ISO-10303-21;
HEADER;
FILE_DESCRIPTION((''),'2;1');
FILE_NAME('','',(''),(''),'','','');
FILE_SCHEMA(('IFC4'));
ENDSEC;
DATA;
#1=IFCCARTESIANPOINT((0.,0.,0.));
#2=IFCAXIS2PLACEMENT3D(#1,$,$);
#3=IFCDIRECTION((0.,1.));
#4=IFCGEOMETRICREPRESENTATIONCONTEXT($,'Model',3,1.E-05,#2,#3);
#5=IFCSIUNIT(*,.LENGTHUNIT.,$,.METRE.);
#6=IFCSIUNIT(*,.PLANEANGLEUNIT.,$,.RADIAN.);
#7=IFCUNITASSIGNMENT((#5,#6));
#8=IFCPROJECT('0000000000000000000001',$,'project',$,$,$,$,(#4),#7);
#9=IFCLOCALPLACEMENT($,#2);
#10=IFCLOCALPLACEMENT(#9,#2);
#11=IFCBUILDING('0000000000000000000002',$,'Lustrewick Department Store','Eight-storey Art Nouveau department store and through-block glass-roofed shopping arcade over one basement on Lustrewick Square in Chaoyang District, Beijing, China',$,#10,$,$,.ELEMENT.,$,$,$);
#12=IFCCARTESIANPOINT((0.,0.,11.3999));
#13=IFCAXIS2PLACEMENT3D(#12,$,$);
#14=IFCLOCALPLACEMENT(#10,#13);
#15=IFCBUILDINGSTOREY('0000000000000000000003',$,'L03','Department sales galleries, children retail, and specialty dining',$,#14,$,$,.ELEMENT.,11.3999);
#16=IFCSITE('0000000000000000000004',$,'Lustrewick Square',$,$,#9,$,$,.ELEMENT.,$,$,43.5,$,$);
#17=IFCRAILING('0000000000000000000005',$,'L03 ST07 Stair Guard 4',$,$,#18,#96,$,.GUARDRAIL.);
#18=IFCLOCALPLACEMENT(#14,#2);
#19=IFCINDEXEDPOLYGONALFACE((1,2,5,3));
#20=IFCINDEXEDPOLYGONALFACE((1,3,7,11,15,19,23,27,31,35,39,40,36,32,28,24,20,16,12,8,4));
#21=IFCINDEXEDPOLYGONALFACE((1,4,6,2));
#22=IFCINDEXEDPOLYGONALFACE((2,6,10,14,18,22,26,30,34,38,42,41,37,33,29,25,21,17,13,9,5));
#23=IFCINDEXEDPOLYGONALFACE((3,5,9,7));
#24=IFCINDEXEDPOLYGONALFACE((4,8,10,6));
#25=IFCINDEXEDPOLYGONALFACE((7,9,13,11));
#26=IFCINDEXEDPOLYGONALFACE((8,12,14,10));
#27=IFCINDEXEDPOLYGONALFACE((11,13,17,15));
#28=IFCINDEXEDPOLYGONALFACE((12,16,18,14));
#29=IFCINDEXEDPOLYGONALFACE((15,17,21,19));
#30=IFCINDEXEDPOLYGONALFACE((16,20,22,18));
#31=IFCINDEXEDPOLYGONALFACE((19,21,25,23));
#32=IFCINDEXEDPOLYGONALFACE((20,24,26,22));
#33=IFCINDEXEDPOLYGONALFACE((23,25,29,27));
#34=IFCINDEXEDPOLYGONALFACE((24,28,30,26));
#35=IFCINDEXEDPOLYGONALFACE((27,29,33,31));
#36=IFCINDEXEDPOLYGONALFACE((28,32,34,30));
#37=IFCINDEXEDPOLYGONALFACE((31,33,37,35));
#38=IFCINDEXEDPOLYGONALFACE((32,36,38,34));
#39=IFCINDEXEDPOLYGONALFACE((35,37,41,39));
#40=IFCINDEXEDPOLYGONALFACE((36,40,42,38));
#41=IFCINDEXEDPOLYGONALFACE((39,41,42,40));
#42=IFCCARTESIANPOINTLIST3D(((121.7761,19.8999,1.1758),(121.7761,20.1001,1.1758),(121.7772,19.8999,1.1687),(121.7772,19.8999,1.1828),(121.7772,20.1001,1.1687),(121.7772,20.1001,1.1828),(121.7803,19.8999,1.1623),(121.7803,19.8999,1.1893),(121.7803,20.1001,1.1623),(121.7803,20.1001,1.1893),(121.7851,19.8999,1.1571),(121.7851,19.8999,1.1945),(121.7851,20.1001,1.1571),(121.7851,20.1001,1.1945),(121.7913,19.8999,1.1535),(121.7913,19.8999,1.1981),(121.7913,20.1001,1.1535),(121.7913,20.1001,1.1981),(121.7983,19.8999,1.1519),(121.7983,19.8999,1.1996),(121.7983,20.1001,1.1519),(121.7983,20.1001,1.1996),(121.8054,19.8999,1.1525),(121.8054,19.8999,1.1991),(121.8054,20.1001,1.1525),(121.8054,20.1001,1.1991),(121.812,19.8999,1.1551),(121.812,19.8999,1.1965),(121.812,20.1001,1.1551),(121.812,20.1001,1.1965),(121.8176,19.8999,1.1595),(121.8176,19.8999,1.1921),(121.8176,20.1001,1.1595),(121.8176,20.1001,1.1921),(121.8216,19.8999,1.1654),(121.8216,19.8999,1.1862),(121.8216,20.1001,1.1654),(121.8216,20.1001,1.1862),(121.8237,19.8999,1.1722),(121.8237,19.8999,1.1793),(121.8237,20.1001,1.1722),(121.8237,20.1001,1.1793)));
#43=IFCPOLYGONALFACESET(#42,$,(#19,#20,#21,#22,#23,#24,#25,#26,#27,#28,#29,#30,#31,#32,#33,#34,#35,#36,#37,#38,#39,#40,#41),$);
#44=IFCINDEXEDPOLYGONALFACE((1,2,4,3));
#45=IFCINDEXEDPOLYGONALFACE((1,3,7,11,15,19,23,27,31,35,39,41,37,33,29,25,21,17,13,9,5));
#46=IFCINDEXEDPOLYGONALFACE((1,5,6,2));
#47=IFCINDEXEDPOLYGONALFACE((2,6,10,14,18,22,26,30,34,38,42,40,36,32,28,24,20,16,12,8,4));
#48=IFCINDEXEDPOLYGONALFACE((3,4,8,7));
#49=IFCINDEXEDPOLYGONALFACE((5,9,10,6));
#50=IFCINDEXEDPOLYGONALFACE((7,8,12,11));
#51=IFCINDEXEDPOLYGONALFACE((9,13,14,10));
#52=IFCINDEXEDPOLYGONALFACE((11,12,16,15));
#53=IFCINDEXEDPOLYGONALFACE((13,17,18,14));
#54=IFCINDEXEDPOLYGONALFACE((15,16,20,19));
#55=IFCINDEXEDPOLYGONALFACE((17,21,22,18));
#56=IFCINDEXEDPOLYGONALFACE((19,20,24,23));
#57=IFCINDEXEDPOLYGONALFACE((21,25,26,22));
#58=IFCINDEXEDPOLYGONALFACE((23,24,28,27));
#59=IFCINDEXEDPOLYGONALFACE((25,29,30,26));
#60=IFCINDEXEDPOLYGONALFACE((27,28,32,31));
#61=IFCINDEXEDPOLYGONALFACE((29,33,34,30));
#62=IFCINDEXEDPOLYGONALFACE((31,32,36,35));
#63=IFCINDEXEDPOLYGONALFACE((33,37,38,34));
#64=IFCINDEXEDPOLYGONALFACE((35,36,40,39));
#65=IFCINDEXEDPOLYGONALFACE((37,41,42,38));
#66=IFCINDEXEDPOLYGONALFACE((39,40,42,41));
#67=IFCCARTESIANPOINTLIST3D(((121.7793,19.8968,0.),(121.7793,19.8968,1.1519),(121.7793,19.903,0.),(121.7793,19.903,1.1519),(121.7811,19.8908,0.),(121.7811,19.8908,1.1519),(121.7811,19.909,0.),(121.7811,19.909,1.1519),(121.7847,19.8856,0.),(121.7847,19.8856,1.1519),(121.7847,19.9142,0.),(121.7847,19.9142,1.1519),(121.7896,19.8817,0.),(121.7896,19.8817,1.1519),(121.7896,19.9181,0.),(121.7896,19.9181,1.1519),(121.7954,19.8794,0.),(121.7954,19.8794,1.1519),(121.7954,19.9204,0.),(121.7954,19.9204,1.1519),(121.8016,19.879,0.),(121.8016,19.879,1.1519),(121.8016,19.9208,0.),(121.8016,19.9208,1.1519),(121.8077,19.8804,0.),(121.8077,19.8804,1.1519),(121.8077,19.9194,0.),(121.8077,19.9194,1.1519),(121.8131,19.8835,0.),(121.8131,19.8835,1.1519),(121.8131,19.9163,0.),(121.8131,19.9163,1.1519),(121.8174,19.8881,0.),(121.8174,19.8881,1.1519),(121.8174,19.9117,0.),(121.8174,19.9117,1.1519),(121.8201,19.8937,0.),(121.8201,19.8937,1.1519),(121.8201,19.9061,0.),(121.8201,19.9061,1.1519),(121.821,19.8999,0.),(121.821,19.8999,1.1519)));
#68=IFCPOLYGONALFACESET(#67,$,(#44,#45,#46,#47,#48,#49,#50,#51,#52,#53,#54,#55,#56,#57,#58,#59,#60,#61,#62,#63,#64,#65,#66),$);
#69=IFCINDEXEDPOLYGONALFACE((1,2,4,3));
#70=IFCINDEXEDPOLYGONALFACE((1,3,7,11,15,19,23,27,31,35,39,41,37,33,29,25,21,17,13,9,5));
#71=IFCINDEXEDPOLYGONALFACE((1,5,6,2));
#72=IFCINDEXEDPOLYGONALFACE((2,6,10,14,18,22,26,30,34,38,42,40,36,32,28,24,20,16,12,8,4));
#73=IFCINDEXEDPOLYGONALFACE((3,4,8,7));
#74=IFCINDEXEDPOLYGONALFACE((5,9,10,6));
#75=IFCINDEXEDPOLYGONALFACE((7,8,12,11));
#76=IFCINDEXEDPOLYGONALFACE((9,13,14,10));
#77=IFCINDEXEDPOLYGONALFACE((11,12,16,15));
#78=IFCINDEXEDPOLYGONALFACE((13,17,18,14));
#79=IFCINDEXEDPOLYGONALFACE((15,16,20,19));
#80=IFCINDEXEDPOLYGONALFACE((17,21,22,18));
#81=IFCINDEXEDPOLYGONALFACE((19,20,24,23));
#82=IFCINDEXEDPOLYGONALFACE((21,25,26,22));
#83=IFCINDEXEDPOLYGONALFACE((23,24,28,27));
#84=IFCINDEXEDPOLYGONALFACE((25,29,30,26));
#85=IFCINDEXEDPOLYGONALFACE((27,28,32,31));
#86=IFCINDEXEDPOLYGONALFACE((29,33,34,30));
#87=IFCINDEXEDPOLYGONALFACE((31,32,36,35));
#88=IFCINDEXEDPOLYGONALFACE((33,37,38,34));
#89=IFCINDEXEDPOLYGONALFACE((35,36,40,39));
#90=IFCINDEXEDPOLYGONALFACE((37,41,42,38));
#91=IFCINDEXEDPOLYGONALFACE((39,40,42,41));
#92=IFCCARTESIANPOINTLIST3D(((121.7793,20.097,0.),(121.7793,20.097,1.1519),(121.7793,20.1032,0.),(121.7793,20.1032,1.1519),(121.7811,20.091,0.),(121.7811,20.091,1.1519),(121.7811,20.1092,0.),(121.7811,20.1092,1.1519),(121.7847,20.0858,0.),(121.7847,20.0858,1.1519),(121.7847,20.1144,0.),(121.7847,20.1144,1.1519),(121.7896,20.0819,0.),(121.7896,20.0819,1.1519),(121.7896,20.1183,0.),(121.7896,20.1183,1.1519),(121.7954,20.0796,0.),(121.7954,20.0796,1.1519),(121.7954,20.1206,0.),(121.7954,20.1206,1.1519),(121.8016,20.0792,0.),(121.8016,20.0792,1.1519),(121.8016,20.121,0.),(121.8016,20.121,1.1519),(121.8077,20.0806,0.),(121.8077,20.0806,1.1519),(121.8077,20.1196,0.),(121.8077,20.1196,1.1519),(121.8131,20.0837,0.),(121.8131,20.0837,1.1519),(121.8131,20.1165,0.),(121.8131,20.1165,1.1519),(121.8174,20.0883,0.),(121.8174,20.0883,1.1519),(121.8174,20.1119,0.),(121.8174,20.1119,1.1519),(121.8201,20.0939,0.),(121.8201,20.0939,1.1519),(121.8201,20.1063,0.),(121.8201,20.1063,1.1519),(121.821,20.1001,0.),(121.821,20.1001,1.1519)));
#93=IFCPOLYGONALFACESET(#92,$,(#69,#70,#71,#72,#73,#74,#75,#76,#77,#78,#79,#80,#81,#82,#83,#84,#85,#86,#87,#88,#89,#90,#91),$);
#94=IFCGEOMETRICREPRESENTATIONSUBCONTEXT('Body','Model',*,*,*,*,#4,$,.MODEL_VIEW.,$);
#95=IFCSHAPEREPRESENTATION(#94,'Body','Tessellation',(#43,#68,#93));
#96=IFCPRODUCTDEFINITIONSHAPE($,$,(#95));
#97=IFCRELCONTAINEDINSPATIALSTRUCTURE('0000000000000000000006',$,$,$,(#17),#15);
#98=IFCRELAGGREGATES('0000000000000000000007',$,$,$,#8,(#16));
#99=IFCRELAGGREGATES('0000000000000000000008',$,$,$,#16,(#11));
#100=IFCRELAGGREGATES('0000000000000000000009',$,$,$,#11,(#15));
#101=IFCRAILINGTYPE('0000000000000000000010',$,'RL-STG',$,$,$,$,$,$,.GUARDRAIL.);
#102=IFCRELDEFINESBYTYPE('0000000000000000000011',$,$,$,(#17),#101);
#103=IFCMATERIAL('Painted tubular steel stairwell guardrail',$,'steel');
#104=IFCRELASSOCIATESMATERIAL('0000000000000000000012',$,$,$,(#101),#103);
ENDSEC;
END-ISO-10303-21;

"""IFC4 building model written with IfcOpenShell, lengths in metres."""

from ifc_helpers import new_model, si_unit, direction, frame, origin, origin_2d, place, context, subcontext, project, spatial, circle, extrude, material, type_object, element, save


model = new_model("IFC4")

# Units and contexts
model_context = context("Model", 3, precision=1e-05, world=origin(), true_north=direction((0.0, 1.0)))
body_context = subcontext(model_context, "Body", "Model", "MODEL_VIEW")
ifc_project = project(units=[si_unit("LENGTHUNIT", "METRE"), si_unit("PLANEANGLEUNIT", "RADIAN")], contexts=[model_context])

# Site, building, storey
site_placement = place(None, origin())
site = spatial("IfcSite", under=ifc_project, at=site_placement, Name="Lustrewick Square", CompositionType="ELEMENT", RefElevation=43.5)
building_placement = place(site_placement, origin())
building = spatial("IfcBuilding", under=site, at=building_placement, Name="Lustrewick Department Store", Description="Eight-storey Art Nouveau department store and through-block glass-roofed shopping arcade over one basement on Lustrewick Square in Chaoyang District, Beijing, China", CompositionType="ELEMENT")
storey_placement = place(building_placement, frame((0.0, 0.0, 11.3999)))
storey = spatial("IfcBuildingStorey", under=building, at=storey_placement, Name="L03", Description="Department sales galleries, children retail, and specialty dining", CompositionType="ELEMENT", Elevation=11.3999)

# Railing
ifc_material_1 = material(Name="Painted tubular steel stairwell guardrail", Category="steel")
railing_type_1 = type_object("IfcRailingType", Name="RL-STG", PredefinedType="GUARDRAIL", material=ifc_material_1)
railing_1_placement = place(storey_placement, frame((121.8, 19.8999, 0.0)))
element("IfcRailing", 1, at=railing_1_placement, inside=storey, type_object=railing_type_1, Name="L03 ST07 Stair Guard 4", PredefinedType="GUARDRAIL", context=body_context, shape_type="SweptSolid", body=[
    extrude(circle(Radius=0.0239, at=origin_2d()), frame((0.0, 0.0, 1.1758), z_axis=(0.0, 1.0, 0.0), x_axis=(-1.0, 0.0, 0.0)), (0.0, 0.0, 1.0), 0.2002),
    extrude(circle(Radius=0.021, at=origin_2d()), origin(), (0.0, 0.0, 1.0), 1.1519),
    extrude(circle(Radius=0.021, at=origin_2d()), frame((0.0, 0.2002, 0.0)), (0.0, 0.0, 1.0), 1.1519),
])

save(model, "model.ifc")
